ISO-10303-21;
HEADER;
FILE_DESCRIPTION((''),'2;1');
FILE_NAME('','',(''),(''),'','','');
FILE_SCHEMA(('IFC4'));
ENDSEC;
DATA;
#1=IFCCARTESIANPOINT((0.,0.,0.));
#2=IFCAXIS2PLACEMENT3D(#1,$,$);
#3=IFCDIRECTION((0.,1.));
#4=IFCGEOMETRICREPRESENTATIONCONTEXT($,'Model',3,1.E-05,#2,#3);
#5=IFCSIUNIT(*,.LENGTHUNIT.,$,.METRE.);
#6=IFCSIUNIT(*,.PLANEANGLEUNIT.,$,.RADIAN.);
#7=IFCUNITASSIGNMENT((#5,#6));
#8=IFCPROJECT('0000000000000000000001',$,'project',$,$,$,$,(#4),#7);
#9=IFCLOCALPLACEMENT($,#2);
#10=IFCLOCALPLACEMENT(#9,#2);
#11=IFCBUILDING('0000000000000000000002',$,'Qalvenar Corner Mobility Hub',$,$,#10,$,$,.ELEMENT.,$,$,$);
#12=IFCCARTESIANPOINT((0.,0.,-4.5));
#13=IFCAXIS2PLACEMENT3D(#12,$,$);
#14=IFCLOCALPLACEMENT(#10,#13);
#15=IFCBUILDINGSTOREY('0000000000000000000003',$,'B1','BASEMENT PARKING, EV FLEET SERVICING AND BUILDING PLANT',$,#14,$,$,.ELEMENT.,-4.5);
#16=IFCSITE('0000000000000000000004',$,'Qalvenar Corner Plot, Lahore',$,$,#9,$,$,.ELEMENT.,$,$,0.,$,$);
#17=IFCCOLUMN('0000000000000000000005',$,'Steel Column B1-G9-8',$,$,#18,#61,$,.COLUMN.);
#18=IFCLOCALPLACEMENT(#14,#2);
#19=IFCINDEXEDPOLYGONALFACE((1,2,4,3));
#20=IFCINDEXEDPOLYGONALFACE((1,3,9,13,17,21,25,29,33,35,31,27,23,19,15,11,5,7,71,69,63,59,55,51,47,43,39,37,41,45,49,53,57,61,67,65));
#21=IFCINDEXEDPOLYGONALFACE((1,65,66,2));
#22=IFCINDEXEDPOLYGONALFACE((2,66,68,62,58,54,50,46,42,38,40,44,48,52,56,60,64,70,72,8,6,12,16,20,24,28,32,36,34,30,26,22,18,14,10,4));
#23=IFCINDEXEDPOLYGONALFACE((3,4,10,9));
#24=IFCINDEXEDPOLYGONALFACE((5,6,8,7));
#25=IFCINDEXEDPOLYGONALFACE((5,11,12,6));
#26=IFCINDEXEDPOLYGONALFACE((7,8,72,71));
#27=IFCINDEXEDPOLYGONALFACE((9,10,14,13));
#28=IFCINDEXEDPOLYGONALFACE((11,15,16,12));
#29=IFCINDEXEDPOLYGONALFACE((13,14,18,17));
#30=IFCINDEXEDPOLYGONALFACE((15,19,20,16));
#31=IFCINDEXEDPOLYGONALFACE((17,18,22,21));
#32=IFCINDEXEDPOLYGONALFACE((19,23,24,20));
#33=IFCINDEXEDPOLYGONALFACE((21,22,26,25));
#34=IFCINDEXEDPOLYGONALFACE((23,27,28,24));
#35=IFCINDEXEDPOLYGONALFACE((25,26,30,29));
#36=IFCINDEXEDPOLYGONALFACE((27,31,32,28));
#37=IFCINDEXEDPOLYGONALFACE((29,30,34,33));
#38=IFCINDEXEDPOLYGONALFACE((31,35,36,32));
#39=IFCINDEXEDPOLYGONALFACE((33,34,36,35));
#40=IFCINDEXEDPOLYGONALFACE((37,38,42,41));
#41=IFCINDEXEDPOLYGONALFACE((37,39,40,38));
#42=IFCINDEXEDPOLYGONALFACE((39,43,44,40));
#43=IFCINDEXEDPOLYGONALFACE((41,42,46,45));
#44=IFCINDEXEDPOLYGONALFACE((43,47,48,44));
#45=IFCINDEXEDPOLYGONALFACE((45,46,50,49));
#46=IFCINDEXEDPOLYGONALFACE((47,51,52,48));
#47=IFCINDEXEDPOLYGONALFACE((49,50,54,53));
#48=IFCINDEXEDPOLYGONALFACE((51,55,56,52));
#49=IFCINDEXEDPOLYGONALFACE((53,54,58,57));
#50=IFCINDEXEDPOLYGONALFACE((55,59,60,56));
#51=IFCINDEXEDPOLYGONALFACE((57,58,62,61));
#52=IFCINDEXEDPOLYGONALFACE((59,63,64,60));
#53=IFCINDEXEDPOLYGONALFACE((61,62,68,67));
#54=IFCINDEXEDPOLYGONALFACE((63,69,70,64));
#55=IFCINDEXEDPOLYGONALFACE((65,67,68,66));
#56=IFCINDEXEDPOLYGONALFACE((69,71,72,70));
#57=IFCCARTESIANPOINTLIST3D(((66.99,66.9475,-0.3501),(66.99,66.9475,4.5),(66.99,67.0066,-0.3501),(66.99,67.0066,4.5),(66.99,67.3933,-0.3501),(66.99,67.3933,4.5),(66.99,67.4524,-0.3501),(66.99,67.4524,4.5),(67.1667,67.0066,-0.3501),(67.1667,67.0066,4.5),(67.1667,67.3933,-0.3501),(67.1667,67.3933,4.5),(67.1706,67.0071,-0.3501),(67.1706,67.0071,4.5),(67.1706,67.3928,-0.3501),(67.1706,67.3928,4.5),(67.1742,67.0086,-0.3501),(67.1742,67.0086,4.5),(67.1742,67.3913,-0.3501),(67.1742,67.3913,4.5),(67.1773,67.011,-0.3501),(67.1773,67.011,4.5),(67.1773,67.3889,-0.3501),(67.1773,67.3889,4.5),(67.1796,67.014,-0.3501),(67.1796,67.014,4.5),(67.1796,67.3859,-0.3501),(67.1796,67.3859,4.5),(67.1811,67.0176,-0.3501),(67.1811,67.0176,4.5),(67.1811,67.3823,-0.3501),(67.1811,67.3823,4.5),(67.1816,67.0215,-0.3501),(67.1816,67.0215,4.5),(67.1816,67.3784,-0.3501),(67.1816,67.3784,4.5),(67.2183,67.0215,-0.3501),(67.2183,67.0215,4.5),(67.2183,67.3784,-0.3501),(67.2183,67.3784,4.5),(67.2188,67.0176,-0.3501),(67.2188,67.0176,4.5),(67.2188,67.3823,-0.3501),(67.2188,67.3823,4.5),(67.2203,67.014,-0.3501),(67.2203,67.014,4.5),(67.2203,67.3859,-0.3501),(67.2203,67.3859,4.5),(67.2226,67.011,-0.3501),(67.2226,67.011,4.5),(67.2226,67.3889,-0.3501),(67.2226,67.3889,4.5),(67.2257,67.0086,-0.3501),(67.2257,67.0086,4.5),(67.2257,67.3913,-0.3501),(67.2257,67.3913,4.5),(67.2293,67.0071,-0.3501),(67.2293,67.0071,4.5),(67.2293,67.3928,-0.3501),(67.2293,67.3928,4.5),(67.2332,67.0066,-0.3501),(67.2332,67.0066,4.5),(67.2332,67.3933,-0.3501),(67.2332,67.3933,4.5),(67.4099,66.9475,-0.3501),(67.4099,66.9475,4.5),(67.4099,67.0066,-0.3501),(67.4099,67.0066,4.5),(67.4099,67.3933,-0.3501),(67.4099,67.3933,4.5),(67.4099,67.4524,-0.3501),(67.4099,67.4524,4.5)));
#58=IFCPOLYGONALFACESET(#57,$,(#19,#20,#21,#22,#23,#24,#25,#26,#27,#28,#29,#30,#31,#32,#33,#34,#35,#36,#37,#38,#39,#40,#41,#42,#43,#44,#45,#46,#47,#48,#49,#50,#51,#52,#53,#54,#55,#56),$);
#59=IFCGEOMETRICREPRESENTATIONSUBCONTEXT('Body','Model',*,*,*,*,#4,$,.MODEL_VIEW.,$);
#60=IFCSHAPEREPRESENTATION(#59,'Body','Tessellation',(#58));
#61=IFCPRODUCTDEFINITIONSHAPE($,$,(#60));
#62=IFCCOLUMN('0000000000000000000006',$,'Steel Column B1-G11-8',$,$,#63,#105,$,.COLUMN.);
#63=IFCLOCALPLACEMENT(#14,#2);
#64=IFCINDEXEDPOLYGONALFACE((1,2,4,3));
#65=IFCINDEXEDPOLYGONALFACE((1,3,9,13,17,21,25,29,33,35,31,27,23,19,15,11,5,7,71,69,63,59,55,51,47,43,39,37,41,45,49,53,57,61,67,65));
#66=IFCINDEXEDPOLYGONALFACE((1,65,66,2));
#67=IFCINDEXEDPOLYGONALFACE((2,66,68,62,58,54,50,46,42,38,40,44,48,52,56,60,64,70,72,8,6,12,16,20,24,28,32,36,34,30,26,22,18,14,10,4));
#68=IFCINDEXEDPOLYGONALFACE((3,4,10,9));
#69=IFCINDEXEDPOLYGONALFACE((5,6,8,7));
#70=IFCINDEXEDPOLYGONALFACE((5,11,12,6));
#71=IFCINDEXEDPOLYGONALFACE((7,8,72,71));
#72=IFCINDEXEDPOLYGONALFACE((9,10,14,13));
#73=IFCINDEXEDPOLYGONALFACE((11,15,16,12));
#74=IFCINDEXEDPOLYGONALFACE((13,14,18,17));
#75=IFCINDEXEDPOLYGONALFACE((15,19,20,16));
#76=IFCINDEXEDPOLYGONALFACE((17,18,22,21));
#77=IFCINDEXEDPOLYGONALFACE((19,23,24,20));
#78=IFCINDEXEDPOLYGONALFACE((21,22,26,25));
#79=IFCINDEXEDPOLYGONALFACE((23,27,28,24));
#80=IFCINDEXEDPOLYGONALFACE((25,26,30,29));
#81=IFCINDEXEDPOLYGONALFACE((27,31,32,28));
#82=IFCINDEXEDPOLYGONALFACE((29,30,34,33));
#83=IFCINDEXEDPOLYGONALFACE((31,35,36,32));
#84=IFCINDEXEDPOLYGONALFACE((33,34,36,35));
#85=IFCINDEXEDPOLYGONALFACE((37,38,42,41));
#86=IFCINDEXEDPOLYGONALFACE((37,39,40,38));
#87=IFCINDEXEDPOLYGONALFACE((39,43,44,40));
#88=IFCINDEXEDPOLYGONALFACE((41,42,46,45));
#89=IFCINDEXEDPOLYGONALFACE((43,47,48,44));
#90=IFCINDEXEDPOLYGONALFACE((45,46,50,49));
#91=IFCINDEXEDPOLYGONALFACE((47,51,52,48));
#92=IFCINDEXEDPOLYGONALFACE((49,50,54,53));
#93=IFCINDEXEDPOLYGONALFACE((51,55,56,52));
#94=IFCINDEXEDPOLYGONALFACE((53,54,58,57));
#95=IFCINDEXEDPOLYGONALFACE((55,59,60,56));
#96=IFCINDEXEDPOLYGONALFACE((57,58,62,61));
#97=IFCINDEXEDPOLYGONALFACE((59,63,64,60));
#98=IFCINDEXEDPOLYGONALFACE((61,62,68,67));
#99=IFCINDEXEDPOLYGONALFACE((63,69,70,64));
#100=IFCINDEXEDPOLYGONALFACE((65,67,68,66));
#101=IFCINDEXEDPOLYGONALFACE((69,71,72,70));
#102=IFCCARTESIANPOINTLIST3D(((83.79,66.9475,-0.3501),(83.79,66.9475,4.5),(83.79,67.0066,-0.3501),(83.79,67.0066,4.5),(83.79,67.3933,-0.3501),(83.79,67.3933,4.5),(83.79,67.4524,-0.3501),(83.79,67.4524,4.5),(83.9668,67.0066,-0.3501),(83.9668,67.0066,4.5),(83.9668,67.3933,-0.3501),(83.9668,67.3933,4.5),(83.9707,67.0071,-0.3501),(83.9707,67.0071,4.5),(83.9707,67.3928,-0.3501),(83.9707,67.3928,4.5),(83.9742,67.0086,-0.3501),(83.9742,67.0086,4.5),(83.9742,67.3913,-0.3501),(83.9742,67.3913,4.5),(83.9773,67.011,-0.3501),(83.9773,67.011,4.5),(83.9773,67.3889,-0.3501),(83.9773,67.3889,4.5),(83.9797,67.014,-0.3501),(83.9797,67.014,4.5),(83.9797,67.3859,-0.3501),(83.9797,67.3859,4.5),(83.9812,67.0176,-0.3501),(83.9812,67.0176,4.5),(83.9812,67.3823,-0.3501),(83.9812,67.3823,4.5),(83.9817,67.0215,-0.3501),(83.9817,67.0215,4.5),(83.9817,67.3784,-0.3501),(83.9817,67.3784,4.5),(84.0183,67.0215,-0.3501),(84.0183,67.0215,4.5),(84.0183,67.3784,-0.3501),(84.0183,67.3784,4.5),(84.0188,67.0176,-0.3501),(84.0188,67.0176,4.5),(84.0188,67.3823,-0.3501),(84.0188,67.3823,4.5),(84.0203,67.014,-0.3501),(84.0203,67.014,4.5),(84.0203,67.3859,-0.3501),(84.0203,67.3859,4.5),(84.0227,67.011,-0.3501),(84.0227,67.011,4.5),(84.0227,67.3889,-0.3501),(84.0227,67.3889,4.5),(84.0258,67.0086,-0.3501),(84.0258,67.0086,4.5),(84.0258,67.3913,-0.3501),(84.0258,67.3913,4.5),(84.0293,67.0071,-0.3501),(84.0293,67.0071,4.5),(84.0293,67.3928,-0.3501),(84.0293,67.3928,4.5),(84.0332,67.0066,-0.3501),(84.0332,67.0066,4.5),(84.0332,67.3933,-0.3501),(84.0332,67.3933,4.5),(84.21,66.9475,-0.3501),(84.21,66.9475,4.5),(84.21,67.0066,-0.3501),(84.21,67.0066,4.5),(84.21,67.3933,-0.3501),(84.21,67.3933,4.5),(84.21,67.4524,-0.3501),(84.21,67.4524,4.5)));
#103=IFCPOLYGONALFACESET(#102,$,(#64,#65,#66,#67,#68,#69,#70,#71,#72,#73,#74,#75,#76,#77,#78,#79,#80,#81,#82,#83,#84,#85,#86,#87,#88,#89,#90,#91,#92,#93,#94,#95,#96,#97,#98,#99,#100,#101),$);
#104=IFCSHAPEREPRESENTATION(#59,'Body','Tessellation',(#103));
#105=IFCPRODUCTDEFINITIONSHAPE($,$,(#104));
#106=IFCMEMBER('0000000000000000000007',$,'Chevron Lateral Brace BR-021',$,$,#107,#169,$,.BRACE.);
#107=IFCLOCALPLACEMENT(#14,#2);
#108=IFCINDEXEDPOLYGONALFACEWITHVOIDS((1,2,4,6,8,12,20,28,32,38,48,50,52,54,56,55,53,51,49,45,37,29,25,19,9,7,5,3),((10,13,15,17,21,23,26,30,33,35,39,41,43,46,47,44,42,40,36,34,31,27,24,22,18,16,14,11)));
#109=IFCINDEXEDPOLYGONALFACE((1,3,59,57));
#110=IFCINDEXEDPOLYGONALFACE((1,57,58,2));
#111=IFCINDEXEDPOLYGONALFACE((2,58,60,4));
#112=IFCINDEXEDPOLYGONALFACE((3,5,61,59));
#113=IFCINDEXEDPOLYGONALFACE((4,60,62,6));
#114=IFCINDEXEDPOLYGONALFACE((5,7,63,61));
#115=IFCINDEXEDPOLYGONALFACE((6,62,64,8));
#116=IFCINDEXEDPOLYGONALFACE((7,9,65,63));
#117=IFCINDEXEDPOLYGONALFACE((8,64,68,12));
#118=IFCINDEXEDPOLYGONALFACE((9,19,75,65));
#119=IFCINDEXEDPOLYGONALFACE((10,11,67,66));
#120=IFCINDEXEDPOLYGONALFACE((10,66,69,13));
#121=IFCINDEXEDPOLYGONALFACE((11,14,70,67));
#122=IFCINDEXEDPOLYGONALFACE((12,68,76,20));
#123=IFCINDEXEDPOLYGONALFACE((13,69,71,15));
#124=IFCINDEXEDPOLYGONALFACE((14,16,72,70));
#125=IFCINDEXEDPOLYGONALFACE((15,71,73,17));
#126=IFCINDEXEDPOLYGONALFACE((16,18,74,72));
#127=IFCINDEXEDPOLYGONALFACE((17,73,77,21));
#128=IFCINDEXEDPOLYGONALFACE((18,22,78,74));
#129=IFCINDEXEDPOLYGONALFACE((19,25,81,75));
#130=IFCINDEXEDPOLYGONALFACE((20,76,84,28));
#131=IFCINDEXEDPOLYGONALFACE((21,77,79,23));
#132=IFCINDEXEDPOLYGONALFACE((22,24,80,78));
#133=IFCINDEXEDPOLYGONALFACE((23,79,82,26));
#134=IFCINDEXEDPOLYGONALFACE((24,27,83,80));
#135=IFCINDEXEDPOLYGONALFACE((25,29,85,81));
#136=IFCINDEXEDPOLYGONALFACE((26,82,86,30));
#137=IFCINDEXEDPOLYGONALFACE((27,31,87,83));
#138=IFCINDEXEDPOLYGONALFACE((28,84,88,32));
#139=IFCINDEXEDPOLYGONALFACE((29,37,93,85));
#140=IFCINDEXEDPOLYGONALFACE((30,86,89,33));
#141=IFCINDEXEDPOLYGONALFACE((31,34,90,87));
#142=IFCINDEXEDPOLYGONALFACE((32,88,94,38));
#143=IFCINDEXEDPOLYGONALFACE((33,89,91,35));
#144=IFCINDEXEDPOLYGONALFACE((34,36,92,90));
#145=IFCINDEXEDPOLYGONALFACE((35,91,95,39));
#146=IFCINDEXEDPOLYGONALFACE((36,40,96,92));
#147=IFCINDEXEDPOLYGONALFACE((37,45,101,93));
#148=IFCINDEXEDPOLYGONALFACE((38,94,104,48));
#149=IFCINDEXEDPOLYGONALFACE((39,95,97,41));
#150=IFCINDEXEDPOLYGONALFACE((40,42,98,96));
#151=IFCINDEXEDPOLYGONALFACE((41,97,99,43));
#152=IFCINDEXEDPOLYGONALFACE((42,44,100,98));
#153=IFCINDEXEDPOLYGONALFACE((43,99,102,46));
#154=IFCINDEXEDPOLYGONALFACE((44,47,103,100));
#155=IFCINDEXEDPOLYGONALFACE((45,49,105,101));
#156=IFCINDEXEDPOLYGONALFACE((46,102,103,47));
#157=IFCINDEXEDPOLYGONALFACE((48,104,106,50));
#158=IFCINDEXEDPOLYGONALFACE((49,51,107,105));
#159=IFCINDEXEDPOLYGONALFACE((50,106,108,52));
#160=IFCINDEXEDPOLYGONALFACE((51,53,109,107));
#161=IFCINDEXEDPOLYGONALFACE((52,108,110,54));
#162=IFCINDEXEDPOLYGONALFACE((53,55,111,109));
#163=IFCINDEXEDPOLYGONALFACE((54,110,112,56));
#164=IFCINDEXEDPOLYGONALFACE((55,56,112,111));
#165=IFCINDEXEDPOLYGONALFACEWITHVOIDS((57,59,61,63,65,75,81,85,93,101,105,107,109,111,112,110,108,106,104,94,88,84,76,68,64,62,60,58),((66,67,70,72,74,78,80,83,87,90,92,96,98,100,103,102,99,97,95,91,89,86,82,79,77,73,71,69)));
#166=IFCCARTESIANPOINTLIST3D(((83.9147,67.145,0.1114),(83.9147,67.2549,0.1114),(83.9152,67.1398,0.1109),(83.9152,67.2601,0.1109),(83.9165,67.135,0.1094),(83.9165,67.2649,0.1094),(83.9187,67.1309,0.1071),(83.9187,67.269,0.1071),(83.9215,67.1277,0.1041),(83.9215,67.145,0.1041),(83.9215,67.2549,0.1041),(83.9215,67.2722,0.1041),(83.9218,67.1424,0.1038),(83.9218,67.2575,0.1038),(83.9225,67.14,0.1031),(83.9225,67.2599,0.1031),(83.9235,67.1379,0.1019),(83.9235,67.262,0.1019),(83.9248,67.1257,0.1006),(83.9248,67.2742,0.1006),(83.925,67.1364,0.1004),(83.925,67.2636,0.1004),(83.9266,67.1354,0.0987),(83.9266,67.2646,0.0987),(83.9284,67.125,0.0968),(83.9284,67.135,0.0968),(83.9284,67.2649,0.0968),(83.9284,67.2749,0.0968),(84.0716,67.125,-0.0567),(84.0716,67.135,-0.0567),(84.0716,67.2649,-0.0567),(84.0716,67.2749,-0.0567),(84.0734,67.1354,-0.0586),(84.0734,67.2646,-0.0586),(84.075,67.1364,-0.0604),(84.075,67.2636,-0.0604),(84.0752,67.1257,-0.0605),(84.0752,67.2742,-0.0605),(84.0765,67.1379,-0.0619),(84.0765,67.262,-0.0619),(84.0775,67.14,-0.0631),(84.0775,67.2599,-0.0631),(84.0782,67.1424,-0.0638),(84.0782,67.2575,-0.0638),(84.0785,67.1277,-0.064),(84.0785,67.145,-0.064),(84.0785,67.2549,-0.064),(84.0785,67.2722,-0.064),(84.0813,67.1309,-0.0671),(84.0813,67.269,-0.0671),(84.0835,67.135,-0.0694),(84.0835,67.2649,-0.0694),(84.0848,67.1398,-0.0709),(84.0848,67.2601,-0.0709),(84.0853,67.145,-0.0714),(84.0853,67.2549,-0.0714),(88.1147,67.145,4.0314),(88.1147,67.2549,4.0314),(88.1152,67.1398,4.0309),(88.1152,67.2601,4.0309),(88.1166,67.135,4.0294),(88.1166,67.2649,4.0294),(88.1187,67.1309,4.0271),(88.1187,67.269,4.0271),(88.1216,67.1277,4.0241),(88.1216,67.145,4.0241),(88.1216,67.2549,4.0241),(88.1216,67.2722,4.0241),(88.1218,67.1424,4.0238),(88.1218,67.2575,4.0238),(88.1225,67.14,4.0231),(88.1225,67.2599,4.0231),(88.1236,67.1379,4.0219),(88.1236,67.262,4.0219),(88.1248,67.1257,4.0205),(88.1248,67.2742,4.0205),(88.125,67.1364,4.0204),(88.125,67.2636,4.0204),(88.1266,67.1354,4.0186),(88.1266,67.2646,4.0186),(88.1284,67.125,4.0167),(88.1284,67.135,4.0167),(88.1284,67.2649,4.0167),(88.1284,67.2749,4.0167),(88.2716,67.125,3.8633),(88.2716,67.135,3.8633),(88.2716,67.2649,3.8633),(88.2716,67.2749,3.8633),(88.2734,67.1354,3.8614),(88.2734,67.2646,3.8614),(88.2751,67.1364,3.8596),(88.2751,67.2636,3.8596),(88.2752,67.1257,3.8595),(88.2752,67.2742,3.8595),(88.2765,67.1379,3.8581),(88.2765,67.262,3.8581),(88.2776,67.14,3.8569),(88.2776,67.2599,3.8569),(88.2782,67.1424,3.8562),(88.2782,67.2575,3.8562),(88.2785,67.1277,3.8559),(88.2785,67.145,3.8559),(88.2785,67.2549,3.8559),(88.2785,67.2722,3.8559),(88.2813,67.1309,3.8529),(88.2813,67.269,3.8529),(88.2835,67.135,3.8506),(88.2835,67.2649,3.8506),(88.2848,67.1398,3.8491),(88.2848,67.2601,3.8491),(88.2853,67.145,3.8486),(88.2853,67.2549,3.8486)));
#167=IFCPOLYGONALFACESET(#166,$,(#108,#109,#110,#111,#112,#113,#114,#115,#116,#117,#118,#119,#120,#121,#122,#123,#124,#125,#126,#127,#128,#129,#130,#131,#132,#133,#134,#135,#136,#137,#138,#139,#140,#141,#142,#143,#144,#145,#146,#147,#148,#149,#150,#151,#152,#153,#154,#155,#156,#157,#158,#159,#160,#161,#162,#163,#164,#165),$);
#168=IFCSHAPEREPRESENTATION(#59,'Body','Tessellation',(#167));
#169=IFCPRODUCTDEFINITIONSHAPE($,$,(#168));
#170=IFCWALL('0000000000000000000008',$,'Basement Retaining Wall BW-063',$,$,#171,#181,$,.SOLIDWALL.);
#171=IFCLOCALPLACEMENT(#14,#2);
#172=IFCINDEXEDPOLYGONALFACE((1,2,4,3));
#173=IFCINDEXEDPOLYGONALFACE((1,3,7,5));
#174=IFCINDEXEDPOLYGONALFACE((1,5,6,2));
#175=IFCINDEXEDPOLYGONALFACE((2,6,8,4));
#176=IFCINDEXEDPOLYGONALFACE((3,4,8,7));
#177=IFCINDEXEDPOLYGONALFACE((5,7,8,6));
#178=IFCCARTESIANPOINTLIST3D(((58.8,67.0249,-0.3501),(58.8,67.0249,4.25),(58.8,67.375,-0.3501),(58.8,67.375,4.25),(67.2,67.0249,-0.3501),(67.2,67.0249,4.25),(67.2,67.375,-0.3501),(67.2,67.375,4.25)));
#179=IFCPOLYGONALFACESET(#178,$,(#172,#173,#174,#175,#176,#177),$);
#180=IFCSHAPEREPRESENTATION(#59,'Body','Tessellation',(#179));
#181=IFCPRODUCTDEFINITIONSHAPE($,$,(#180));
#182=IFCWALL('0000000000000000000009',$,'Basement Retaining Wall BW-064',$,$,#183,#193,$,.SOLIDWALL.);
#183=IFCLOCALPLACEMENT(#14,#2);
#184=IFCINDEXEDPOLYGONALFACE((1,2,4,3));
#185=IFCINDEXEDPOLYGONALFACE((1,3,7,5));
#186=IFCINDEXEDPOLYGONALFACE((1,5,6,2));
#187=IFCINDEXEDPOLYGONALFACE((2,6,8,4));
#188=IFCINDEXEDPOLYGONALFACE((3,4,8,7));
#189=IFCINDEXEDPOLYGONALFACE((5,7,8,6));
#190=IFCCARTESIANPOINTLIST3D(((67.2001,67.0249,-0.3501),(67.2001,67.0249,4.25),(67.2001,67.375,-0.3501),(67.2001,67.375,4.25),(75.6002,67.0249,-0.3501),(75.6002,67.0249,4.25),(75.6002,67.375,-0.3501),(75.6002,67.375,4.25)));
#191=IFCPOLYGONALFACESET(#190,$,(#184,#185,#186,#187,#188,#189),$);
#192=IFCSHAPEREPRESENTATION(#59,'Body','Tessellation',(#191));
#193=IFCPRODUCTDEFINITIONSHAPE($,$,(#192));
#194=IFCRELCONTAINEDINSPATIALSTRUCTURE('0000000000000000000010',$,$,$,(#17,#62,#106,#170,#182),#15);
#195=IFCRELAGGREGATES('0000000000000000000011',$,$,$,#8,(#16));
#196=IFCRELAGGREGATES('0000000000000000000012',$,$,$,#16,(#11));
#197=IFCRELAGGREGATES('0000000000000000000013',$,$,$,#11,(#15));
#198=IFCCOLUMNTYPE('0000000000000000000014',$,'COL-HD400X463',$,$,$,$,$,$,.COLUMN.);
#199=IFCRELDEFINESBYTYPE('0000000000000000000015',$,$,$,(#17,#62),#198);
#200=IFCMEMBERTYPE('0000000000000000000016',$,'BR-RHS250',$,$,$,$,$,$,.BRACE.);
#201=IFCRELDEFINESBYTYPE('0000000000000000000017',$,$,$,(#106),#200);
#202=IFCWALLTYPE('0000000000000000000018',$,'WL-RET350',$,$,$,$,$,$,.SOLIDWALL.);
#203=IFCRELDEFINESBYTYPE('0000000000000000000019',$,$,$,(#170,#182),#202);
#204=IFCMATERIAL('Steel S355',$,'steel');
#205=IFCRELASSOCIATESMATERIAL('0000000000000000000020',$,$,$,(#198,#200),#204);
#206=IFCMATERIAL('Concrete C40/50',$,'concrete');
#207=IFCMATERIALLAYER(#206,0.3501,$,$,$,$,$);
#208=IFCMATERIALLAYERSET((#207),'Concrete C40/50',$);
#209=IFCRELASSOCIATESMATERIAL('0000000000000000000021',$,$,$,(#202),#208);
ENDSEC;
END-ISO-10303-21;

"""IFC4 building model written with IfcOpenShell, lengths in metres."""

from ifc_helpers import new_model, si_unit, direction, frame, frame_2d, origin, origin_2d, place, context, subcontext, project, spatial, rectangle, hollow_rectangle, i_section, extrude, material, layer, layer_set, material_profile, profile_set, type_object, element, save


model = new_model("IFC4")

# Units and contexts
model_context = context("Model", 3, precision=1e-05, world=origin(), true_north=direction((0.0, 1.0)))
body_context = subcontext(model_context, "Body", "Model", "MODEL_VIEW")
ifc_project = project(units=[si_unit("LENGTHUNIT", "METRE"), si_unit("PLANEANGLEUNIT", "RADIAN")], contexts=[model_context])

# Site, building, storey
site_placement = place(None, origin())
site = spatial("IfcSite", under=ifc_project, at=site_placement, Name="Qalvenar Corner Plot, Lahore", CompositionType="ELEMENT", RefElevation=0.0)
building_placement = place(site_placement, origin())
building = spatial("IfcBuilding", under=site, at=building_placement, Name="Qalvenar Corner Mobility Hub", CompositionType="ELEMENT")
storey_placement = place(building_placement, frame((0.0, 0.0, -4.5)))
storey = spatial("IfcBuildingStorey", under=building, at=storey_placement, Name="B1", Description="BASEMENT PARKING, EV FLEET SERVICING AND BUILDING PLANT", CompositionType="ELEMENT", Elevation=-4.5)

# Shared definitions
ifc_material_1 = material(Name="Concrete C40/50", Category="concrete")

# Columns
ifc_material_2 = material(Name="Steel S355", Category="steel")
ifc_material_profile_1 = material_profile(ifc_material_2, i_section(OverallWidth=0.4199, OverallDepth=0.5049, WebThickness=0.0366, FlangeThickness=0.0591, FilletRadius=0.0149, at=origin_2d()), Name="HD400x551")
ifc_profile_set_1 = profile_set([ifc_material_profile_1], Name="Steel S355")
column_type_1 = type_object("IfcColumnType", Name="COL-HD400X463", PredefinedType="COLUMN", material=ifc_profile_set_1)
for number, where, z_axis, x_axis, name in (
    (1, (67.2, 67.2, -0.3501), (0.0, 0.0, 1.0), (1.0, 0.0, 0.0), "Steel Column B1-G9-8"),
    (2, (84.0, 67.2, -0.3501), (0.0, 0.0, 1.0), (1.0, 0.0, 0.0), "Steel Column B1-G11-8"),
):
    element("IfcColumn", number, at=place(storey_placement, frame(where, z_axis=z_axis, x_axis=x_axis)), inside=storey, type_object=column_type_1, Name=name, PredefinedType="COLUMN", context=body_context, shape_type="SweptSolid", body=[
        extrude(i_section(OverallWidth=0.4199, OverallDepth=0.5049, WebThickness=0.0366, FlangeThickness=0.0591, FilletRadius=0.0149, at=origin_2d()), origin(), (0.0, 0.0, 1.0), 4.8501),
    ])

# Member
ifc_material_profile_2 = material_profile(ifc_material_2, hollow_rectangle(XDim=0.1499, YDim=0.25, WallThickness=0.01, InnerFilletRadius=0.01, OuterFilletRadius=0.02, at=origin_2d()), Name="RHS250x150x10")
ifc_profile_set_2 = profile_set([ifc_material_profile_2], Name="Steel S355")
member_type = type_object("IfcMemberType", Name="BR-RHS250", PredefinedType="BRACE", material=ifc_profile_set_2)
member_placement = place(storey_placement, frame((84.0, 67.2, 0.02), z_axis=(0.731058, 0.0, 0.682315), x_axis=(0.0, 1.0, 0.0)))
element("IfcMember", 3, at=member_placement, inside=storey, type_object=member_type, Name="Chevron Lateral Brace BR-021", PredefinedType="BRACE", context=body_context, shape_type="SweptSolid", body=[
    extrude(hollow_rectangle(XDim=0.1499, YDim=0.25, WallThickness=0.01, InnerFilletRadius=0.01, OuterFilletRadius=0.02, at=origin_2d()), origin(), (0.0, 0.0, 1.0), 5.7451),
])

# Walls
ifc_layer = layer(ifc_material_1, 0.3501)
ifc_layer_set = layer_set([ifc_layer], Name="Concrete C40/50")
wall_type = type_object("IfcWallType", Name="WL-RET350", PredefinedType="SOLIDWALL", material=ifc_layer_set)
wall_1_placement = place(storey_placement, frame((58.8, 67.2, -0.3501), z_axis=(0.0, 0.0, 1.0), x_axis=(1.0, 0.0, 0.0)))
element("IfcWall", 4, at=wall_1_placement, inside=storey, type_object=wall_type, Name="Basement Retaining Wall BW-063", PredefinedType="SOLIDWALL", context=body_context, shape_type="SweptSolid", body=[
    extrude(rectangle(XDim=8.3999, YDim=0.3501, at=frame_2d((4.2, 0.0))), origin(), (0.0, 0.0, 1.0), 4.6001),
])
wall_2_placement = place(storey_placement, frame((67.2, 67.2, -0.3501), z_axis=(0.0, 0.0, 1.0), x_axis=(1.0, 0.0, 0.0)))
element("IfcWall", 5, at=wall_2_placement, inside=storey, type_object=wall_type, Name="Basement Retaining Wall BW-064", PredefinedType="SOLIDWALL", context=body_context, shape_type="SweptSolid", body=[
    extrude(rectangle(XDim=8.4001, YDim=0.3501, at=frame_2d((4.2002, 0.0))), origin(), (0.0, 0.0, 1.0), 4.6001),
])

save(model, "model.ifc")
